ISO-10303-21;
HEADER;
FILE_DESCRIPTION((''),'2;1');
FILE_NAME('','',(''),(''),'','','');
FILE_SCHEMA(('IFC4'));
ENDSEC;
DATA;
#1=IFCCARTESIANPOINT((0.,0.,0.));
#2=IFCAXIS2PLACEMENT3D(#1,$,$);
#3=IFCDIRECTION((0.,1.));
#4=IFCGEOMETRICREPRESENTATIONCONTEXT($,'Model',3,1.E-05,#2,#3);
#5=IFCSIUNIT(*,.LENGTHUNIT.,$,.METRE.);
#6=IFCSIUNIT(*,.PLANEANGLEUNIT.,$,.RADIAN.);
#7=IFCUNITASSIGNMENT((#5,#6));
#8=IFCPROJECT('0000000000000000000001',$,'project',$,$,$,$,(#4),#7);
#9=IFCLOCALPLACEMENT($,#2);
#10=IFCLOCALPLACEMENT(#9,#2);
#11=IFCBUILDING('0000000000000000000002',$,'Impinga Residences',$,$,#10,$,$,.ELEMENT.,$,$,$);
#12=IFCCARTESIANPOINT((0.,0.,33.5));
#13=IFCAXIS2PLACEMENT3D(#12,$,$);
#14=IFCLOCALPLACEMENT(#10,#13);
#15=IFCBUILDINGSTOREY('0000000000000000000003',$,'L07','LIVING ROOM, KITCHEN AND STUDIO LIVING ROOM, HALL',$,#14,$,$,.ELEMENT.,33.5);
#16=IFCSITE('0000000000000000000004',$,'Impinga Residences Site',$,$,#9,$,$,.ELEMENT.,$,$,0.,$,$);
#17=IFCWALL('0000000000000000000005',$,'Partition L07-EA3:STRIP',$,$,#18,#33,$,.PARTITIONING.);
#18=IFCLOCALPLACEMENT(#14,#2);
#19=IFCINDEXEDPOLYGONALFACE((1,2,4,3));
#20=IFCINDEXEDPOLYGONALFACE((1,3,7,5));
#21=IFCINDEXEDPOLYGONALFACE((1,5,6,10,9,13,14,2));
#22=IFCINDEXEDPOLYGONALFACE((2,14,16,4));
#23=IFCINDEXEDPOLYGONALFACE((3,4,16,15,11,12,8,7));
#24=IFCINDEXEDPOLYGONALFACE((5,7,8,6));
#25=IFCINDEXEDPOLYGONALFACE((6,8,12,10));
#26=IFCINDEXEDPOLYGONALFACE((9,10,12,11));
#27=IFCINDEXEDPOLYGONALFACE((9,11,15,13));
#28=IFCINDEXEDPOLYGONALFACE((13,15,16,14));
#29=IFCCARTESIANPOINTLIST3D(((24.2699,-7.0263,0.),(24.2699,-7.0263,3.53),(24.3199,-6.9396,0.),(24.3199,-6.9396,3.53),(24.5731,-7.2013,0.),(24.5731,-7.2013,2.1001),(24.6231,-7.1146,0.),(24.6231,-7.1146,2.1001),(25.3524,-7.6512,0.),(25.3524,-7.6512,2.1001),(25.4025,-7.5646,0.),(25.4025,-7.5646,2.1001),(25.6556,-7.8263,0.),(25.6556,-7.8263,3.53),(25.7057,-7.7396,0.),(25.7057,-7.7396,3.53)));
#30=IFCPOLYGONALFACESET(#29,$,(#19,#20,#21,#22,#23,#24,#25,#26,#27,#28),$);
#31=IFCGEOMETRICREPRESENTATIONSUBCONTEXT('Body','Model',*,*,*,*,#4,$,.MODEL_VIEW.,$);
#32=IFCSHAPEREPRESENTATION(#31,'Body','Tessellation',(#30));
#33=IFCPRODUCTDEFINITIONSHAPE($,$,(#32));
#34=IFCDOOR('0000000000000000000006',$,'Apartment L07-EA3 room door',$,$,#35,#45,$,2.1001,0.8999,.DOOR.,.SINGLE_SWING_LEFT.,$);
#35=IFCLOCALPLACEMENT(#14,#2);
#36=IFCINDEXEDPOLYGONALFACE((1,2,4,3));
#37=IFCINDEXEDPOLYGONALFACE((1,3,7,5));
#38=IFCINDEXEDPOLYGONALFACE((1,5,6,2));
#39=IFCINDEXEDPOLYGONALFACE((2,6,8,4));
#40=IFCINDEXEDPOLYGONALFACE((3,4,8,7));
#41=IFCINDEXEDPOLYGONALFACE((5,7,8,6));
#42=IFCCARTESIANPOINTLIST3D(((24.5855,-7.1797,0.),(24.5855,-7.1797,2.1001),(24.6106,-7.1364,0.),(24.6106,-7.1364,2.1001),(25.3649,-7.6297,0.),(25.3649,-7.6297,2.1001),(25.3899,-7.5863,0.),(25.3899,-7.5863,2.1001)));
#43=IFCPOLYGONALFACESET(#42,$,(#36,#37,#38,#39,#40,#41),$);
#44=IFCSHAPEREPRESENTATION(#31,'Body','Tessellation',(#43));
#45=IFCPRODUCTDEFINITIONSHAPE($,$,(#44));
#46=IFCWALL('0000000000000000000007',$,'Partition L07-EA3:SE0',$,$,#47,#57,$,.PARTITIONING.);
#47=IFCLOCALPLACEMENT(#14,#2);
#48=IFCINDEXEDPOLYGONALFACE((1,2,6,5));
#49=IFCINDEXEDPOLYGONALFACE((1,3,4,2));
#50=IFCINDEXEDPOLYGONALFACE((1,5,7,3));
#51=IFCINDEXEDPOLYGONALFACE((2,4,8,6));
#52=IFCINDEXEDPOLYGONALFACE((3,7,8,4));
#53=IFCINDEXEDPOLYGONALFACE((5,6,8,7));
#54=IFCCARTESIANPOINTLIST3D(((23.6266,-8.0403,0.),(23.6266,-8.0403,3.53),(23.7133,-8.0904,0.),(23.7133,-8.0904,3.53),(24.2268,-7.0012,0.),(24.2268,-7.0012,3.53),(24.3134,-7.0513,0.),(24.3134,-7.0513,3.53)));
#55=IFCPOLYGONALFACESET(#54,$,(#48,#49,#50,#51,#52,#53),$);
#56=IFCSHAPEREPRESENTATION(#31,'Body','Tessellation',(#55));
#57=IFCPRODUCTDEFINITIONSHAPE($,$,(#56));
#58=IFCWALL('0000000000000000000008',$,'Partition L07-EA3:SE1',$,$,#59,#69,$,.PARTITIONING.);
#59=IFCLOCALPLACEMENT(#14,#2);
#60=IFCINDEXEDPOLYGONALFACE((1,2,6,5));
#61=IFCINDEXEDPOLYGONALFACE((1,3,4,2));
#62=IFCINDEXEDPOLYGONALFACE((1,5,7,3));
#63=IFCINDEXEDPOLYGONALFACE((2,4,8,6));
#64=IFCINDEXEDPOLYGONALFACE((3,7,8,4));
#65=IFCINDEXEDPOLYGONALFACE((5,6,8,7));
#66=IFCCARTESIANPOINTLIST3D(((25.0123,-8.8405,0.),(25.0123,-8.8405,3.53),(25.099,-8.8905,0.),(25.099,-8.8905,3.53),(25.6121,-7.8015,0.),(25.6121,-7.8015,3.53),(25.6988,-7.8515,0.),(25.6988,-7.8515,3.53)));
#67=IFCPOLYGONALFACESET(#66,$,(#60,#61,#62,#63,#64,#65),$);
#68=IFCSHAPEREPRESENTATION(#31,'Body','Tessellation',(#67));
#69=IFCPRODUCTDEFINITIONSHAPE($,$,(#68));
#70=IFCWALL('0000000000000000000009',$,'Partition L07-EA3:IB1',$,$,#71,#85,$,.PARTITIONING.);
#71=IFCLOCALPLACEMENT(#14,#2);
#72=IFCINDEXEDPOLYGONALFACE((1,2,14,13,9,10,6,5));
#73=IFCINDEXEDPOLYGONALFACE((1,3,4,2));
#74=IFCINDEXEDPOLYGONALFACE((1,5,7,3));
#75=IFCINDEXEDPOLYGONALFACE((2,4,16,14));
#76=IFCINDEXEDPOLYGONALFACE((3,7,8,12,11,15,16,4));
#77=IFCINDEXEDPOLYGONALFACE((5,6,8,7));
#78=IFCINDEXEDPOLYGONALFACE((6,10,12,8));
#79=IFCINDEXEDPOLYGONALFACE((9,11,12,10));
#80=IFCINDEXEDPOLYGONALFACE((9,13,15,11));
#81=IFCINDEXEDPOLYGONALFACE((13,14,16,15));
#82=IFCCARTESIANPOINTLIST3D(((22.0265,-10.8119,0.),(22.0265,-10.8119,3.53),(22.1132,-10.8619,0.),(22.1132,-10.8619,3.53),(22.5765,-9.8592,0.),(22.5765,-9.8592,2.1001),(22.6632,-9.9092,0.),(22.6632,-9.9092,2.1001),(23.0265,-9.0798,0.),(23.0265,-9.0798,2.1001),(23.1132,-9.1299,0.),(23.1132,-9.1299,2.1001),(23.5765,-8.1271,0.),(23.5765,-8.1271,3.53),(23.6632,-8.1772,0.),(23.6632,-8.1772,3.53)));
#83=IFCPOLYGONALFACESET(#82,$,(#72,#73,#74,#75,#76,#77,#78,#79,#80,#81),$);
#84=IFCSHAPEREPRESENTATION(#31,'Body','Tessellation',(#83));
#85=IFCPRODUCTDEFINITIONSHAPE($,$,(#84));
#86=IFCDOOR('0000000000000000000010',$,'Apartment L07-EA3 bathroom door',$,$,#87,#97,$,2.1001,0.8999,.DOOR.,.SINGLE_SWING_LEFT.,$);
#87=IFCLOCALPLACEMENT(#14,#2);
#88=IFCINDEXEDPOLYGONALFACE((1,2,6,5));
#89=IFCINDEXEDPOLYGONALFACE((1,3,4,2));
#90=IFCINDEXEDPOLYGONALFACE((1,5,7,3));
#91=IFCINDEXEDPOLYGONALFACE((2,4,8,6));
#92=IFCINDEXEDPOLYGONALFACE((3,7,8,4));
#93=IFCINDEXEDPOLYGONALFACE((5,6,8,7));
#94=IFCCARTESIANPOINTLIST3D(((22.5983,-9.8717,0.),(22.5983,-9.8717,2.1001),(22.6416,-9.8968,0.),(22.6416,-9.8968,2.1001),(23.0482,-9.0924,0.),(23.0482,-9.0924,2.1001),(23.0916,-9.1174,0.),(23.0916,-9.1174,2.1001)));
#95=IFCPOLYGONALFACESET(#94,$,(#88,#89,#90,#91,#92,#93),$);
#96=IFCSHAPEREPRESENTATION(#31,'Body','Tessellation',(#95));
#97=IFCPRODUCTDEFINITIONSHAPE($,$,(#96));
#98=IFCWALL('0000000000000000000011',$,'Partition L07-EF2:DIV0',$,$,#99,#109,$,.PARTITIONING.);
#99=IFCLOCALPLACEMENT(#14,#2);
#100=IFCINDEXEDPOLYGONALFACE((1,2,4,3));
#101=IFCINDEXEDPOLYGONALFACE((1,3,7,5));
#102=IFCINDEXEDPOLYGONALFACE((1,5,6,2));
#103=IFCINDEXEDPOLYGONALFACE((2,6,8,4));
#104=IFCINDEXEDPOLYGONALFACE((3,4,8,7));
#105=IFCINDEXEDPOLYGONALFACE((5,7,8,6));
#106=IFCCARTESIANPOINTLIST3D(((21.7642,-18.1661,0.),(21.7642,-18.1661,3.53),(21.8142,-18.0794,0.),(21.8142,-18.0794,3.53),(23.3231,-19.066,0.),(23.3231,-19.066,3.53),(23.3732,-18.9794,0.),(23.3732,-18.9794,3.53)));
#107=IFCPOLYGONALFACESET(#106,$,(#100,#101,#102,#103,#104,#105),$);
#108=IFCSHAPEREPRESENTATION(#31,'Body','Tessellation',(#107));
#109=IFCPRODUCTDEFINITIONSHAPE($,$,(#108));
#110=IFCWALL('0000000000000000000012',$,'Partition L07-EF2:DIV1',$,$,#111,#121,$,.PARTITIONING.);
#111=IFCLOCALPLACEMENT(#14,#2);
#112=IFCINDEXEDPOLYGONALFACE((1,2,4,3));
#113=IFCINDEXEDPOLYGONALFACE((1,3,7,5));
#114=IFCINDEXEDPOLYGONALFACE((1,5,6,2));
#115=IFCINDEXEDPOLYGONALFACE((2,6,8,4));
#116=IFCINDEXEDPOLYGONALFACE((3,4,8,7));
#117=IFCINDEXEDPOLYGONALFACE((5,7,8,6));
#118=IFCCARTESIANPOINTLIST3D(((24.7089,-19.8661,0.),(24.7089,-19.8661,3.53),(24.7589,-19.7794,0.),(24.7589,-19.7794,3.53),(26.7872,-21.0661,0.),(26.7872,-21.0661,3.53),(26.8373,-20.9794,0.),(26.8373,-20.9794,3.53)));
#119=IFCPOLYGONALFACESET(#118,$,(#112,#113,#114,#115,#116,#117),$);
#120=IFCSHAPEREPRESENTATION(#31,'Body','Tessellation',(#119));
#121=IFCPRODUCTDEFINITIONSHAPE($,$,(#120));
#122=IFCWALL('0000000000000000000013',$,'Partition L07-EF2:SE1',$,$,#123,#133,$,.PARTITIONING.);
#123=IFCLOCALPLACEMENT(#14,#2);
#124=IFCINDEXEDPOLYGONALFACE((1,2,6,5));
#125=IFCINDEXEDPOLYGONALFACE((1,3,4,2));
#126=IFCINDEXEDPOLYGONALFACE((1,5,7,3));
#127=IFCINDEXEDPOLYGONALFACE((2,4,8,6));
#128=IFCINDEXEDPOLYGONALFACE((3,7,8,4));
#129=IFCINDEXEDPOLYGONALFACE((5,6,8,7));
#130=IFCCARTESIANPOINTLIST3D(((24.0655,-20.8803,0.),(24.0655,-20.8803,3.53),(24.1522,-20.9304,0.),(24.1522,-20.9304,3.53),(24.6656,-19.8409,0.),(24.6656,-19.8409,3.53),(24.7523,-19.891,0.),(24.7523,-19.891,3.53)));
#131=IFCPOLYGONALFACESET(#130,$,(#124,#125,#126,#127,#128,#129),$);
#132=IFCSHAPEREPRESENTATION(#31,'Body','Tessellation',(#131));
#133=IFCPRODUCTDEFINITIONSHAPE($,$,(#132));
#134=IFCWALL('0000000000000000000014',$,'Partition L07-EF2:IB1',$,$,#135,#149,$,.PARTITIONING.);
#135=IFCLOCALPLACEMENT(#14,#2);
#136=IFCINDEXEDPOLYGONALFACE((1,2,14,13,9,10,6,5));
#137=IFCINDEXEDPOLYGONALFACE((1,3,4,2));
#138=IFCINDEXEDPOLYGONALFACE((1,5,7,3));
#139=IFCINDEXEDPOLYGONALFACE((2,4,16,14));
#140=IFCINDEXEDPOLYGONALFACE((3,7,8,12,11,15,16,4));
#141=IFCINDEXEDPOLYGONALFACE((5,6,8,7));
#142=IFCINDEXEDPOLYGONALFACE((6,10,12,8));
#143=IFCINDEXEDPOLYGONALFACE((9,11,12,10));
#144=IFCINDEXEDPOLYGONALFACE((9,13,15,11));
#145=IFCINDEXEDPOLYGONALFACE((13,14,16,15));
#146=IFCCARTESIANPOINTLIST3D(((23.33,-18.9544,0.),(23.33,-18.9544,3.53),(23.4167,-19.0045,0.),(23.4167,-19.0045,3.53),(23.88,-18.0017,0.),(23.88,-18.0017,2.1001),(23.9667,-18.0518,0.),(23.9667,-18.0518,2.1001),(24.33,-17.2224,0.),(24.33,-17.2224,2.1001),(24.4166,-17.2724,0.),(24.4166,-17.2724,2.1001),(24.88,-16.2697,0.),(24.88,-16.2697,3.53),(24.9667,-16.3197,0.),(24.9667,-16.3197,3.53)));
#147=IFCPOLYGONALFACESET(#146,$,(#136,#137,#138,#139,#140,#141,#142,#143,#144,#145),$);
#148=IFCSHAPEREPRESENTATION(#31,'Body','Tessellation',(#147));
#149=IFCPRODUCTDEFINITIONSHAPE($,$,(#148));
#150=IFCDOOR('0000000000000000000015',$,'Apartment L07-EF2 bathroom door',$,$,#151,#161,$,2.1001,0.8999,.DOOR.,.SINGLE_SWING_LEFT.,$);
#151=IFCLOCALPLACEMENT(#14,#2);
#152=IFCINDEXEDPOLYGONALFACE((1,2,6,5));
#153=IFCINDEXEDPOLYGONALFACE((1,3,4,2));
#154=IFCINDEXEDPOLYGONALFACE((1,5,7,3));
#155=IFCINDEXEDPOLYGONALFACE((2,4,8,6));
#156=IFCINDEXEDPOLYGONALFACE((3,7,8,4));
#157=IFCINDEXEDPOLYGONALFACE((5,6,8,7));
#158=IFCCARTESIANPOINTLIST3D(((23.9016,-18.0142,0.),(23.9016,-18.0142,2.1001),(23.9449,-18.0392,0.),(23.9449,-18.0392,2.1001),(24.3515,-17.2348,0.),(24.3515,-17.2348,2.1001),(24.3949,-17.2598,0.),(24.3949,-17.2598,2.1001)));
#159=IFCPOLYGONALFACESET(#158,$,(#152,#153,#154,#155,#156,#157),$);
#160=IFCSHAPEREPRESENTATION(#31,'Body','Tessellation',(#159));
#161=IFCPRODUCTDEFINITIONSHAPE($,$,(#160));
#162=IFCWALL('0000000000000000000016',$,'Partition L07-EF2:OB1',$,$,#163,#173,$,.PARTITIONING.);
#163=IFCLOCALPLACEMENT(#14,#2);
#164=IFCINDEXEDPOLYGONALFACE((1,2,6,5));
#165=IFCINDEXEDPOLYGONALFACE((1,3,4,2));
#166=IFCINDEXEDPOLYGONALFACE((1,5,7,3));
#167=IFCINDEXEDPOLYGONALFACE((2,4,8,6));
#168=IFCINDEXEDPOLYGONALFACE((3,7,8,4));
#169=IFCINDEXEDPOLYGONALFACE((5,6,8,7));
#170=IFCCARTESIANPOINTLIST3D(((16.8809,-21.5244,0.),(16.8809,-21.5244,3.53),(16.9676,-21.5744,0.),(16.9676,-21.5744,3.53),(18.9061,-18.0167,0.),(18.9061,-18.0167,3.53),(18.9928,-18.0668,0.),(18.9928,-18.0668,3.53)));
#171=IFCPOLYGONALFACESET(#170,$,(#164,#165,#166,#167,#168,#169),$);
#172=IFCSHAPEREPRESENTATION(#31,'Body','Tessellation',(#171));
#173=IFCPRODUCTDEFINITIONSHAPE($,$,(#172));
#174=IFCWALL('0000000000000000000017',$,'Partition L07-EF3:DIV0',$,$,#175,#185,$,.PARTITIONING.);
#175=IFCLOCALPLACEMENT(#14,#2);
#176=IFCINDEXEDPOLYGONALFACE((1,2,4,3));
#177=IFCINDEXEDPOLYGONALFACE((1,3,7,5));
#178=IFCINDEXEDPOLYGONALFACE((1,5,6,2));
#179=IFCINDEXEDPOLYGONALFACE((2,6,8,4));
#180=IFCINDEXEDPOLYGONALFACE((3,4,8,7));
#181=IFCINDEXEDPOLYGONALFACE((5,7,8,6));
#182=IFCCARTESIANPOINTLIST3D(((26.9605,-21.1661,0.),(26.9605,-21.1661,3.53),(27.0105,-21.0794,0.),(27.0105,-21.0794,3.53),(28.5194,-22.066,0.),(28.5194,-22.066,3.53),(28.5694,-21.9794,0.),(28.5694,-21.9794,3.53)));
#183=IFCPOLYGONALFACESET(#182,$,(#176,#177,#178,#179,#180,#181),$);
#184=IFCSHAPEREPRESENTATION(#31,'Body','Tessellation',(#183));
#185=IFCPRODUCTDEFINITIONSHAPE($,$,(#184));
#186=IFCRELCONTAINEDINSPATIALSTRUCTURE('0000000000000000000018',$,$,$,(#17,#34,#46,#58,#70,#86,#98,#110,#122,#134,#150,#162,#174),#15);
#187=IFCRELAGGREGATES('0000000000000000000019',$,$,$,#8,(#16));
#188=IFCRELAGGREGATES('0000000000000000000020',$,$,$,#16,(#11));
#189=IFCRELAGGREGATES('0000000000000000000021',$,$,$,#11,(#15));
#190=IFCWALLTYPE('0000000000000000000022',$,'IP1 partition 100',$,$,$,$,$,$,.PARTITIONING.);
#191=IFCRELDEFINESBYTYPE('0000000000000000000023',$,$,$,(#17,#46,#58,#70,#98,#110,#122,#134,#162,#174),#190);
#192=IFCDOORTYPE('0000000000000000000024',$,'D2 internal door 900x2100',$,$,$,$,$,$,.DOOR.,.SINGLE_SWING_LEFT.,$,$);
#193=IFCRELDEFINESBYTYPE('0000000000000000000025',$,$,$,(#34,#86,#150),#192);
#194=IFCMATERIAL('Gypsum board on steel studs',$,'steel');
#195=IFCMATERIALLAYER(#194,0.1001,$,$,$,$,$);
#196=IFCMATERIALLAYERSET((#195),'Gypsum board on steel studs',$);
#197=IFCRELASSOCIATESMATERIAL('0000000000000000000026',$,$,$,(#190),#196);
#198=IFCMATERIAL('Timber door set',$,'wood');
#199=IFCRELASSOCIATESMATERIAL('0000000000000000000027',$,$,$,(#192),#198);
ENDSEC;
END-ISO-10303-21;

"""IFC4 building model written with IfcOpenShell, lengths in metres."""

from ifc_helpers import new_model, si_unit, direction, frame, frame_2d, origin, place, context, subcontext, project, spatial, rectangle, extrude, material, layer, layer_set, type_object, element, fill, save


model = new_model("IFC4")

# Units and contexts
model_context = context("Model", 3, precision=1e-05, world=origin(), true_north=direction((0.0, 1.0)))
body_context = subcontext(model_context, "Body", "Model", "MODEL_VIEW")
ifc_project = project(units=[si_unit("LENGTHUNIT", "METRE"), si_unit("PLANEANGLEUNIT", "RADIAN")], contexts=[model_context])

# Site, building, storey
site_placement = place(None, origin())
site = spatial("IfcSite", under=ifc_project, at=site_placement, Name="Impinga Residences Site", CompositionType="ELEMENT", RefElevation=0.0)
building_placement = place(site_placement, origin())
building = spatial("IfcBuilding", under=site, at=building_placement, Name="Impinga Residences", CompositionType="ELEMENT")
storey_placement = place(building_placement, frame((0.0, 0.0, 33.5)))
storey = spatial("IfcBuildingStorey", under=building, at=storey_placement, Name="L07", Description="LIVING ROOM, KITCHEN AND STUDIO LIVING ROOM, HALL", CompositionType="ELEMENT", Elevation=33.5)

# Shared definitions
ifc_material_1 = material(Name="Gypsum board on steel studs", Category="steel")
ifc_layer_1 = layer(ifc_material_1, 0.1001)
ifc_layer_set_1 = layer_set([ifc_layer_1], Name="Gypsum board on steel studs")
wall_type_1 = type_object("IfcWallType", Name="IP1 partition 100", PredefinedType="PARTITIONING", material=ifc_layer_set_1)

# Shared definitions
ifc_material_2 = material(Name="Timber door set", Category="wood")
door_type = type_object("IfcDoorType", Name="D2 internal door 900x2100", OperationType="SINGLE_SWING_LEFT", PredefinedType="DOOR", material=ifc_material_2)

# Wall, opening, door
wall_1_placement = place(storey_placement, frame((24.2949, -6.9829, 0.0), z_axis=(0.0, 0.0, 1.0), x_axis=(0.866028, -0.499995, 0.0)))
wall_1 = element("IfcWall", 1, at=wall_1_placement, inside=storey, type_object=wall_type_1, Name="Partition L07-EA3:STRIP", PredefinedType="PARTITIONING", context=body_context, shape_type="SweptSolid", body=[
    extrude(rectangle(XDim=1.6001, YDim=0.1001, at=frame_2d((0.8, 0.0))), origin(), (0.0, 0.0, 1.0), 3.53),
])
opening_1_placement = place(wall_1_placement, frame((0.3501, 0.0, 0.0)))
opening_1 = element("IfcOpeningElement", 2, at=opening_1_placement, cuts=wall_1, PredefinedType="OPENING", context=body_context, shape_type="SweptSolid", body=[
    extrude(rectangle(XDim=0.8999, YDim=2.1001, at=frame_2d((0.45, 1.05))), frame((0.0, 0.0601, 0.0), z_axis=(0.0, -1.0, 0.0), x_axis=(1.0, 0.0, 0.0)), (0.0, 0.0, 1.0), 0.1201),
])
door_1_placement = place(opening_1_placement, origin())
door_1 = element("IfcDoor", 3, at=door_1_placement, inside=storey, type_object=door_type, Name="Apartment L07-EA3 room door", OperationType="SINGLE_SWING_LEFT", OverallHeight=2.1001, OverallWidth=0.8999, PredefinedType="DOOR", context=body_context, shape_type="SweptSolid", body=[
    extrude(rectangle(XDim=0.8999, YDim=2.1001, at=frame_2d((0.45, 1.05))), frame((0.0, 0.0249, 0.0), z_axis=(0.0, -1.0, 0.0), x_axis=(1.0, 0.0, 0.0)), (0.0, 0.0, 1.0), 0.05),
])
fill(opening_1, door_1)

# Walls
wall_2_placement = place(storey_placement, frame((23.6699, -8.0654, 0.0), z_axis=(0.0, 0.0, 1.0), x_axis=(0.500122, 0.865955, 0.0)))
element("IfcWall", 4, at=wall_2_placement, inside=storey, type_object=wall_type_1, Name="Partition L07-EA3:SE0", PredefinedType="PARTITIONING", context=body_context, shape_type="SweptSolid", body=[
    extrude(rectangle(XDim=1.2, YDim=0.1001, at=frame_2d((0.6001, 0.0))), origin(), (0.0, 0.0, 1.0), 3.53),
])
wall_3_placement = place(storey_placement, frame((25.0557, -8.8655, 0.0), z_axis=(0.0, 0.0, 1.0), x_axis=(0.499969, 0.866043, 0.0)))
element("IfcWall", 5, at=wall_3_placement, inside=storey, type_object=wall_type_1, Name="Partition L07-EA3:SE1", PredefinedType="PARTITIONING", context=body_context, shape_type="SweptSolid", body=[
    extrude(rectangle(XDim=1.1997, YDim=0.1001, at=frame_2d((0.5999, 0.0))), origin(), (0.0, 0.0, 1.0), 3.53),
])

# Wall, opening, door
wall_4_placement = place(storey_placement, frame((22.0698, -10.8369, 0.0), z_axis=(0.0, 0.0, 1.0), x_axis=(0.499993, 0.86603, 0.0)))
wall_4 = element("IfcWall", 6, at=wall_4_placement, inside=storey, type_object=wall_type_1, Name="Partition L07-EA3:IB1", PredefinedType="PARTITIONING", context=body_context, shape_type="SweptSolid", body=[
    extrude(rectangle(XDim=3.1001, YDim=0.1001, at=frame_2d((1.55, 0.0))), origin(), (0.0, 0.0, 1.0), 3.53),
])
opening_2_placement = place(wall_4_placement, frame((1.1001, 0.0, 0.0)))
opening_2 = element("IfcOpeningElement", 7, at=opening_2_placement, cuts=wall_4, PredefinedType="OPENING", context=body_context, shape_type="SweptSolid", body=[
    extrude(rectangle(XDim=0.8999, YDim=2.1001, at=frame_2d((0.45, 1.05))), frame((0.0, 0.0601, 0.0), z_axis=(0.0, -1.0, 0.0), x_axis=(1.0, 0.0, 0.0)), (0.0, 0.0, 1.0), 0.1201),
])
door_2_placement = place(opening_2_placement, origin())
door_2 = element("IfcDoor", 8, at=door_2_placement, inside=storey, type_object=door_type, Name="Apartment L07-EA3 bathroom door", OperationType="SINGLE_SWING_LEFT", OverallHeight=2.1001, OverallWidth=0.8999, PredefinedType="DOOR", context=body_context, shape_type="SweptSolid", body=[
    extrude(rectangle(XDim=0.8999, YDim=2.1001, at=frame_2d((0.45, 1.05))), frame((0.0, 0.0249, 0.0), z_axis=(0.0, -1.0, 0.0), x_axis=(1.0, 0.0, 0.0)), (0.0, 0.0, 1.0), 0.05),
])
fill(opening_2, door_2)

# Walls
wall_5_placement = place(storey_placement, frame((21.7893, -18.1228, 0.0), z_axis=(0.0, 0.0, 1.0), x_axis=(0.866048, -0.499961, 0.0)))
element("IfcWall", 9, at=wall_5_placement, inside=storey, type_object=wall_type_1, Name="Partition L07-EF2:DIV0", PredefinedType="PARTITIONING", context=body_context, shape_type="SweptSolid", body=[
    extrude(rectangle(XDim=1.8, YDim=0.1001, at=frame_2d((0.8999, 0.0))), origin(), (0.0, 0.0, 1.0), 3.53),
])
wall_6_placement = place(storey_placement, frame((24.7339, -19.8228, 0.0), z_axis=(0.0, 0.0, 1.0), x_axis=(0.866025, -0.500001, 0.0)))
element("IfcWall", 10, at=wall_6_placement, inside=storey, type_object=wall_type_1, Name="Partition L07-EF2:DIV1", PredefinedType="PARTITIONING", context=body_context, shape_type="SweptSolid", body=[
    extrude(rectangle(XDim=2.3999, YDim=0.1001, at=frame_2d((1.2, 0.0))), origin(), (0.0, 0.0, 1.0), 3.53),
])
wall_7_placement = place(storey_placement, frame((24.709, -19.866, 0.0), z_axis=(0.0, 0.0, 1.0), x_axis=(-0.500034, -0.866006, 0.0)))
element("IfcWall", 11, at=wall_7_placement, inside=storey, type_object=wall_type_1, Name="Partition L07-EF2:SE1", PredefinedType="PARTITIONING", context=body_context, shape_type="SweptSolid", body=[
    extrude(rectangle(XDim=1.2002, YDim=0.1001, at=frame_2d((0.6001, 0.0))), origin(), (0.0, 0.0, 1.0), 3.53),
])

# Wall, opening, door
wall_8_placement = place(storey_placement, frame((24.9233, -16.2947, 0.0), z_axis=(0.0, 0.0, 1.0), x_axis=(-0.499993, -0.86603, 0.0)))
wall_8 = element("IfcWall", 12, at=wall_8_placement, inside=storey, type_object=wall_type_1, Name="Partition L07-EF2:IB1", PredefinedType="PARTITIONING", context=body_context, shape_type="SweptSolid", body=[
    extrude(rectangle(XDim=3.1001, YDim=0.1001, at=frame_2d((1.55, 0.0))), origin(), (0.0, 0.0, 1.0), 3.53),
])
opening_3_placement = place(wall_8_placement, frame((1.1001, 0.0, 0.0)))
opening_3 = element("IfcOpeningElement", 13, at=opening_3_placement, cuts=wall_8, PredefinedType="OPENING", context=body_context, shape_type="SweptSolid", body=[
    extrude(rectangle(XDim=0.8999, YDim=2.1001, at=frame_2d((0.45, 1.05))), frame((0.0, 0.0601, 0.0), z_axis=(0.0, -1.0, 0.0), x_axis=(1.0, 0.0, 0.0)), (0.0, 0.0, 1.0), 0.1201),
])
door_3_placement = place(opening_3_placement, origin())
door_3 = element("IfcDoor", 14, at=door_3_placement, inside=storey, type_object=door_type, Name="Apartment L07-EF2 bathroom door", OperationType="SINGLE_SWING_LEFT", OverallHeight=2.1001, OverallWidth=0.8999, PredefinedType="DOOR", context=body_context, shape_type="SweptSolid", body=[
    extrude(rectangle(XDim=0.8999, YDim=2.1001, at=frame_2d((0.45, 1.05))), frame((0.0, 0.0249, 0.0), z_axis=(0.0, -1.0, 0.0), x_axis=(1.0, 0.0, 0.0)), (0.0, 0.0, 1.0), 0.05),
])
fill(opening_3, door_3)

# Walls
wall_9_placement = place(storey_placement, frame((18.9495, -18.0417, 0.0), z_axis=(0.0, 0.0, 1.0), x_axis=(-0.500009, -0.86602, 0.0)))
element("IfcWall", 15, at=wall_9_placement, inside=storey, type_object=wall_type_1, Name="Partition L07-EF2:OB1", PredefinedType="PARTITIONING", context=body_context, shape_type="SweptSolid", body=[
    extrude(rectangle(XDim=4.0503, YDim=0.1001, at=frame_2d((2.0251, 0.0))), origin(), (0.0, 0.0, 1.0), 3.53),
])
wall_10_placement = place(storey_placement, frame((26.9856, -21.1228, 0.0), z_axis=(0.0, 0.0, 1.0), x_axis=(0.866048, -0.499961, 0.0)))
element("IfcWall", 16, at=wall_10_placement, inside=storey, type_object=wall_type_1, Name="Partition L07-EF3:DIV0", PredefinedType="PARTITIONING", context=body_context, shape_type="SweptSolid", body=[
    extrude(rectangle(XDim=1.8, YDim=0.1001, at=frame_2d((0.8999, 0.0))), origin(), (0.0, 0.0, 1.0), 3.53),
])

save(model, "model.ifc")
